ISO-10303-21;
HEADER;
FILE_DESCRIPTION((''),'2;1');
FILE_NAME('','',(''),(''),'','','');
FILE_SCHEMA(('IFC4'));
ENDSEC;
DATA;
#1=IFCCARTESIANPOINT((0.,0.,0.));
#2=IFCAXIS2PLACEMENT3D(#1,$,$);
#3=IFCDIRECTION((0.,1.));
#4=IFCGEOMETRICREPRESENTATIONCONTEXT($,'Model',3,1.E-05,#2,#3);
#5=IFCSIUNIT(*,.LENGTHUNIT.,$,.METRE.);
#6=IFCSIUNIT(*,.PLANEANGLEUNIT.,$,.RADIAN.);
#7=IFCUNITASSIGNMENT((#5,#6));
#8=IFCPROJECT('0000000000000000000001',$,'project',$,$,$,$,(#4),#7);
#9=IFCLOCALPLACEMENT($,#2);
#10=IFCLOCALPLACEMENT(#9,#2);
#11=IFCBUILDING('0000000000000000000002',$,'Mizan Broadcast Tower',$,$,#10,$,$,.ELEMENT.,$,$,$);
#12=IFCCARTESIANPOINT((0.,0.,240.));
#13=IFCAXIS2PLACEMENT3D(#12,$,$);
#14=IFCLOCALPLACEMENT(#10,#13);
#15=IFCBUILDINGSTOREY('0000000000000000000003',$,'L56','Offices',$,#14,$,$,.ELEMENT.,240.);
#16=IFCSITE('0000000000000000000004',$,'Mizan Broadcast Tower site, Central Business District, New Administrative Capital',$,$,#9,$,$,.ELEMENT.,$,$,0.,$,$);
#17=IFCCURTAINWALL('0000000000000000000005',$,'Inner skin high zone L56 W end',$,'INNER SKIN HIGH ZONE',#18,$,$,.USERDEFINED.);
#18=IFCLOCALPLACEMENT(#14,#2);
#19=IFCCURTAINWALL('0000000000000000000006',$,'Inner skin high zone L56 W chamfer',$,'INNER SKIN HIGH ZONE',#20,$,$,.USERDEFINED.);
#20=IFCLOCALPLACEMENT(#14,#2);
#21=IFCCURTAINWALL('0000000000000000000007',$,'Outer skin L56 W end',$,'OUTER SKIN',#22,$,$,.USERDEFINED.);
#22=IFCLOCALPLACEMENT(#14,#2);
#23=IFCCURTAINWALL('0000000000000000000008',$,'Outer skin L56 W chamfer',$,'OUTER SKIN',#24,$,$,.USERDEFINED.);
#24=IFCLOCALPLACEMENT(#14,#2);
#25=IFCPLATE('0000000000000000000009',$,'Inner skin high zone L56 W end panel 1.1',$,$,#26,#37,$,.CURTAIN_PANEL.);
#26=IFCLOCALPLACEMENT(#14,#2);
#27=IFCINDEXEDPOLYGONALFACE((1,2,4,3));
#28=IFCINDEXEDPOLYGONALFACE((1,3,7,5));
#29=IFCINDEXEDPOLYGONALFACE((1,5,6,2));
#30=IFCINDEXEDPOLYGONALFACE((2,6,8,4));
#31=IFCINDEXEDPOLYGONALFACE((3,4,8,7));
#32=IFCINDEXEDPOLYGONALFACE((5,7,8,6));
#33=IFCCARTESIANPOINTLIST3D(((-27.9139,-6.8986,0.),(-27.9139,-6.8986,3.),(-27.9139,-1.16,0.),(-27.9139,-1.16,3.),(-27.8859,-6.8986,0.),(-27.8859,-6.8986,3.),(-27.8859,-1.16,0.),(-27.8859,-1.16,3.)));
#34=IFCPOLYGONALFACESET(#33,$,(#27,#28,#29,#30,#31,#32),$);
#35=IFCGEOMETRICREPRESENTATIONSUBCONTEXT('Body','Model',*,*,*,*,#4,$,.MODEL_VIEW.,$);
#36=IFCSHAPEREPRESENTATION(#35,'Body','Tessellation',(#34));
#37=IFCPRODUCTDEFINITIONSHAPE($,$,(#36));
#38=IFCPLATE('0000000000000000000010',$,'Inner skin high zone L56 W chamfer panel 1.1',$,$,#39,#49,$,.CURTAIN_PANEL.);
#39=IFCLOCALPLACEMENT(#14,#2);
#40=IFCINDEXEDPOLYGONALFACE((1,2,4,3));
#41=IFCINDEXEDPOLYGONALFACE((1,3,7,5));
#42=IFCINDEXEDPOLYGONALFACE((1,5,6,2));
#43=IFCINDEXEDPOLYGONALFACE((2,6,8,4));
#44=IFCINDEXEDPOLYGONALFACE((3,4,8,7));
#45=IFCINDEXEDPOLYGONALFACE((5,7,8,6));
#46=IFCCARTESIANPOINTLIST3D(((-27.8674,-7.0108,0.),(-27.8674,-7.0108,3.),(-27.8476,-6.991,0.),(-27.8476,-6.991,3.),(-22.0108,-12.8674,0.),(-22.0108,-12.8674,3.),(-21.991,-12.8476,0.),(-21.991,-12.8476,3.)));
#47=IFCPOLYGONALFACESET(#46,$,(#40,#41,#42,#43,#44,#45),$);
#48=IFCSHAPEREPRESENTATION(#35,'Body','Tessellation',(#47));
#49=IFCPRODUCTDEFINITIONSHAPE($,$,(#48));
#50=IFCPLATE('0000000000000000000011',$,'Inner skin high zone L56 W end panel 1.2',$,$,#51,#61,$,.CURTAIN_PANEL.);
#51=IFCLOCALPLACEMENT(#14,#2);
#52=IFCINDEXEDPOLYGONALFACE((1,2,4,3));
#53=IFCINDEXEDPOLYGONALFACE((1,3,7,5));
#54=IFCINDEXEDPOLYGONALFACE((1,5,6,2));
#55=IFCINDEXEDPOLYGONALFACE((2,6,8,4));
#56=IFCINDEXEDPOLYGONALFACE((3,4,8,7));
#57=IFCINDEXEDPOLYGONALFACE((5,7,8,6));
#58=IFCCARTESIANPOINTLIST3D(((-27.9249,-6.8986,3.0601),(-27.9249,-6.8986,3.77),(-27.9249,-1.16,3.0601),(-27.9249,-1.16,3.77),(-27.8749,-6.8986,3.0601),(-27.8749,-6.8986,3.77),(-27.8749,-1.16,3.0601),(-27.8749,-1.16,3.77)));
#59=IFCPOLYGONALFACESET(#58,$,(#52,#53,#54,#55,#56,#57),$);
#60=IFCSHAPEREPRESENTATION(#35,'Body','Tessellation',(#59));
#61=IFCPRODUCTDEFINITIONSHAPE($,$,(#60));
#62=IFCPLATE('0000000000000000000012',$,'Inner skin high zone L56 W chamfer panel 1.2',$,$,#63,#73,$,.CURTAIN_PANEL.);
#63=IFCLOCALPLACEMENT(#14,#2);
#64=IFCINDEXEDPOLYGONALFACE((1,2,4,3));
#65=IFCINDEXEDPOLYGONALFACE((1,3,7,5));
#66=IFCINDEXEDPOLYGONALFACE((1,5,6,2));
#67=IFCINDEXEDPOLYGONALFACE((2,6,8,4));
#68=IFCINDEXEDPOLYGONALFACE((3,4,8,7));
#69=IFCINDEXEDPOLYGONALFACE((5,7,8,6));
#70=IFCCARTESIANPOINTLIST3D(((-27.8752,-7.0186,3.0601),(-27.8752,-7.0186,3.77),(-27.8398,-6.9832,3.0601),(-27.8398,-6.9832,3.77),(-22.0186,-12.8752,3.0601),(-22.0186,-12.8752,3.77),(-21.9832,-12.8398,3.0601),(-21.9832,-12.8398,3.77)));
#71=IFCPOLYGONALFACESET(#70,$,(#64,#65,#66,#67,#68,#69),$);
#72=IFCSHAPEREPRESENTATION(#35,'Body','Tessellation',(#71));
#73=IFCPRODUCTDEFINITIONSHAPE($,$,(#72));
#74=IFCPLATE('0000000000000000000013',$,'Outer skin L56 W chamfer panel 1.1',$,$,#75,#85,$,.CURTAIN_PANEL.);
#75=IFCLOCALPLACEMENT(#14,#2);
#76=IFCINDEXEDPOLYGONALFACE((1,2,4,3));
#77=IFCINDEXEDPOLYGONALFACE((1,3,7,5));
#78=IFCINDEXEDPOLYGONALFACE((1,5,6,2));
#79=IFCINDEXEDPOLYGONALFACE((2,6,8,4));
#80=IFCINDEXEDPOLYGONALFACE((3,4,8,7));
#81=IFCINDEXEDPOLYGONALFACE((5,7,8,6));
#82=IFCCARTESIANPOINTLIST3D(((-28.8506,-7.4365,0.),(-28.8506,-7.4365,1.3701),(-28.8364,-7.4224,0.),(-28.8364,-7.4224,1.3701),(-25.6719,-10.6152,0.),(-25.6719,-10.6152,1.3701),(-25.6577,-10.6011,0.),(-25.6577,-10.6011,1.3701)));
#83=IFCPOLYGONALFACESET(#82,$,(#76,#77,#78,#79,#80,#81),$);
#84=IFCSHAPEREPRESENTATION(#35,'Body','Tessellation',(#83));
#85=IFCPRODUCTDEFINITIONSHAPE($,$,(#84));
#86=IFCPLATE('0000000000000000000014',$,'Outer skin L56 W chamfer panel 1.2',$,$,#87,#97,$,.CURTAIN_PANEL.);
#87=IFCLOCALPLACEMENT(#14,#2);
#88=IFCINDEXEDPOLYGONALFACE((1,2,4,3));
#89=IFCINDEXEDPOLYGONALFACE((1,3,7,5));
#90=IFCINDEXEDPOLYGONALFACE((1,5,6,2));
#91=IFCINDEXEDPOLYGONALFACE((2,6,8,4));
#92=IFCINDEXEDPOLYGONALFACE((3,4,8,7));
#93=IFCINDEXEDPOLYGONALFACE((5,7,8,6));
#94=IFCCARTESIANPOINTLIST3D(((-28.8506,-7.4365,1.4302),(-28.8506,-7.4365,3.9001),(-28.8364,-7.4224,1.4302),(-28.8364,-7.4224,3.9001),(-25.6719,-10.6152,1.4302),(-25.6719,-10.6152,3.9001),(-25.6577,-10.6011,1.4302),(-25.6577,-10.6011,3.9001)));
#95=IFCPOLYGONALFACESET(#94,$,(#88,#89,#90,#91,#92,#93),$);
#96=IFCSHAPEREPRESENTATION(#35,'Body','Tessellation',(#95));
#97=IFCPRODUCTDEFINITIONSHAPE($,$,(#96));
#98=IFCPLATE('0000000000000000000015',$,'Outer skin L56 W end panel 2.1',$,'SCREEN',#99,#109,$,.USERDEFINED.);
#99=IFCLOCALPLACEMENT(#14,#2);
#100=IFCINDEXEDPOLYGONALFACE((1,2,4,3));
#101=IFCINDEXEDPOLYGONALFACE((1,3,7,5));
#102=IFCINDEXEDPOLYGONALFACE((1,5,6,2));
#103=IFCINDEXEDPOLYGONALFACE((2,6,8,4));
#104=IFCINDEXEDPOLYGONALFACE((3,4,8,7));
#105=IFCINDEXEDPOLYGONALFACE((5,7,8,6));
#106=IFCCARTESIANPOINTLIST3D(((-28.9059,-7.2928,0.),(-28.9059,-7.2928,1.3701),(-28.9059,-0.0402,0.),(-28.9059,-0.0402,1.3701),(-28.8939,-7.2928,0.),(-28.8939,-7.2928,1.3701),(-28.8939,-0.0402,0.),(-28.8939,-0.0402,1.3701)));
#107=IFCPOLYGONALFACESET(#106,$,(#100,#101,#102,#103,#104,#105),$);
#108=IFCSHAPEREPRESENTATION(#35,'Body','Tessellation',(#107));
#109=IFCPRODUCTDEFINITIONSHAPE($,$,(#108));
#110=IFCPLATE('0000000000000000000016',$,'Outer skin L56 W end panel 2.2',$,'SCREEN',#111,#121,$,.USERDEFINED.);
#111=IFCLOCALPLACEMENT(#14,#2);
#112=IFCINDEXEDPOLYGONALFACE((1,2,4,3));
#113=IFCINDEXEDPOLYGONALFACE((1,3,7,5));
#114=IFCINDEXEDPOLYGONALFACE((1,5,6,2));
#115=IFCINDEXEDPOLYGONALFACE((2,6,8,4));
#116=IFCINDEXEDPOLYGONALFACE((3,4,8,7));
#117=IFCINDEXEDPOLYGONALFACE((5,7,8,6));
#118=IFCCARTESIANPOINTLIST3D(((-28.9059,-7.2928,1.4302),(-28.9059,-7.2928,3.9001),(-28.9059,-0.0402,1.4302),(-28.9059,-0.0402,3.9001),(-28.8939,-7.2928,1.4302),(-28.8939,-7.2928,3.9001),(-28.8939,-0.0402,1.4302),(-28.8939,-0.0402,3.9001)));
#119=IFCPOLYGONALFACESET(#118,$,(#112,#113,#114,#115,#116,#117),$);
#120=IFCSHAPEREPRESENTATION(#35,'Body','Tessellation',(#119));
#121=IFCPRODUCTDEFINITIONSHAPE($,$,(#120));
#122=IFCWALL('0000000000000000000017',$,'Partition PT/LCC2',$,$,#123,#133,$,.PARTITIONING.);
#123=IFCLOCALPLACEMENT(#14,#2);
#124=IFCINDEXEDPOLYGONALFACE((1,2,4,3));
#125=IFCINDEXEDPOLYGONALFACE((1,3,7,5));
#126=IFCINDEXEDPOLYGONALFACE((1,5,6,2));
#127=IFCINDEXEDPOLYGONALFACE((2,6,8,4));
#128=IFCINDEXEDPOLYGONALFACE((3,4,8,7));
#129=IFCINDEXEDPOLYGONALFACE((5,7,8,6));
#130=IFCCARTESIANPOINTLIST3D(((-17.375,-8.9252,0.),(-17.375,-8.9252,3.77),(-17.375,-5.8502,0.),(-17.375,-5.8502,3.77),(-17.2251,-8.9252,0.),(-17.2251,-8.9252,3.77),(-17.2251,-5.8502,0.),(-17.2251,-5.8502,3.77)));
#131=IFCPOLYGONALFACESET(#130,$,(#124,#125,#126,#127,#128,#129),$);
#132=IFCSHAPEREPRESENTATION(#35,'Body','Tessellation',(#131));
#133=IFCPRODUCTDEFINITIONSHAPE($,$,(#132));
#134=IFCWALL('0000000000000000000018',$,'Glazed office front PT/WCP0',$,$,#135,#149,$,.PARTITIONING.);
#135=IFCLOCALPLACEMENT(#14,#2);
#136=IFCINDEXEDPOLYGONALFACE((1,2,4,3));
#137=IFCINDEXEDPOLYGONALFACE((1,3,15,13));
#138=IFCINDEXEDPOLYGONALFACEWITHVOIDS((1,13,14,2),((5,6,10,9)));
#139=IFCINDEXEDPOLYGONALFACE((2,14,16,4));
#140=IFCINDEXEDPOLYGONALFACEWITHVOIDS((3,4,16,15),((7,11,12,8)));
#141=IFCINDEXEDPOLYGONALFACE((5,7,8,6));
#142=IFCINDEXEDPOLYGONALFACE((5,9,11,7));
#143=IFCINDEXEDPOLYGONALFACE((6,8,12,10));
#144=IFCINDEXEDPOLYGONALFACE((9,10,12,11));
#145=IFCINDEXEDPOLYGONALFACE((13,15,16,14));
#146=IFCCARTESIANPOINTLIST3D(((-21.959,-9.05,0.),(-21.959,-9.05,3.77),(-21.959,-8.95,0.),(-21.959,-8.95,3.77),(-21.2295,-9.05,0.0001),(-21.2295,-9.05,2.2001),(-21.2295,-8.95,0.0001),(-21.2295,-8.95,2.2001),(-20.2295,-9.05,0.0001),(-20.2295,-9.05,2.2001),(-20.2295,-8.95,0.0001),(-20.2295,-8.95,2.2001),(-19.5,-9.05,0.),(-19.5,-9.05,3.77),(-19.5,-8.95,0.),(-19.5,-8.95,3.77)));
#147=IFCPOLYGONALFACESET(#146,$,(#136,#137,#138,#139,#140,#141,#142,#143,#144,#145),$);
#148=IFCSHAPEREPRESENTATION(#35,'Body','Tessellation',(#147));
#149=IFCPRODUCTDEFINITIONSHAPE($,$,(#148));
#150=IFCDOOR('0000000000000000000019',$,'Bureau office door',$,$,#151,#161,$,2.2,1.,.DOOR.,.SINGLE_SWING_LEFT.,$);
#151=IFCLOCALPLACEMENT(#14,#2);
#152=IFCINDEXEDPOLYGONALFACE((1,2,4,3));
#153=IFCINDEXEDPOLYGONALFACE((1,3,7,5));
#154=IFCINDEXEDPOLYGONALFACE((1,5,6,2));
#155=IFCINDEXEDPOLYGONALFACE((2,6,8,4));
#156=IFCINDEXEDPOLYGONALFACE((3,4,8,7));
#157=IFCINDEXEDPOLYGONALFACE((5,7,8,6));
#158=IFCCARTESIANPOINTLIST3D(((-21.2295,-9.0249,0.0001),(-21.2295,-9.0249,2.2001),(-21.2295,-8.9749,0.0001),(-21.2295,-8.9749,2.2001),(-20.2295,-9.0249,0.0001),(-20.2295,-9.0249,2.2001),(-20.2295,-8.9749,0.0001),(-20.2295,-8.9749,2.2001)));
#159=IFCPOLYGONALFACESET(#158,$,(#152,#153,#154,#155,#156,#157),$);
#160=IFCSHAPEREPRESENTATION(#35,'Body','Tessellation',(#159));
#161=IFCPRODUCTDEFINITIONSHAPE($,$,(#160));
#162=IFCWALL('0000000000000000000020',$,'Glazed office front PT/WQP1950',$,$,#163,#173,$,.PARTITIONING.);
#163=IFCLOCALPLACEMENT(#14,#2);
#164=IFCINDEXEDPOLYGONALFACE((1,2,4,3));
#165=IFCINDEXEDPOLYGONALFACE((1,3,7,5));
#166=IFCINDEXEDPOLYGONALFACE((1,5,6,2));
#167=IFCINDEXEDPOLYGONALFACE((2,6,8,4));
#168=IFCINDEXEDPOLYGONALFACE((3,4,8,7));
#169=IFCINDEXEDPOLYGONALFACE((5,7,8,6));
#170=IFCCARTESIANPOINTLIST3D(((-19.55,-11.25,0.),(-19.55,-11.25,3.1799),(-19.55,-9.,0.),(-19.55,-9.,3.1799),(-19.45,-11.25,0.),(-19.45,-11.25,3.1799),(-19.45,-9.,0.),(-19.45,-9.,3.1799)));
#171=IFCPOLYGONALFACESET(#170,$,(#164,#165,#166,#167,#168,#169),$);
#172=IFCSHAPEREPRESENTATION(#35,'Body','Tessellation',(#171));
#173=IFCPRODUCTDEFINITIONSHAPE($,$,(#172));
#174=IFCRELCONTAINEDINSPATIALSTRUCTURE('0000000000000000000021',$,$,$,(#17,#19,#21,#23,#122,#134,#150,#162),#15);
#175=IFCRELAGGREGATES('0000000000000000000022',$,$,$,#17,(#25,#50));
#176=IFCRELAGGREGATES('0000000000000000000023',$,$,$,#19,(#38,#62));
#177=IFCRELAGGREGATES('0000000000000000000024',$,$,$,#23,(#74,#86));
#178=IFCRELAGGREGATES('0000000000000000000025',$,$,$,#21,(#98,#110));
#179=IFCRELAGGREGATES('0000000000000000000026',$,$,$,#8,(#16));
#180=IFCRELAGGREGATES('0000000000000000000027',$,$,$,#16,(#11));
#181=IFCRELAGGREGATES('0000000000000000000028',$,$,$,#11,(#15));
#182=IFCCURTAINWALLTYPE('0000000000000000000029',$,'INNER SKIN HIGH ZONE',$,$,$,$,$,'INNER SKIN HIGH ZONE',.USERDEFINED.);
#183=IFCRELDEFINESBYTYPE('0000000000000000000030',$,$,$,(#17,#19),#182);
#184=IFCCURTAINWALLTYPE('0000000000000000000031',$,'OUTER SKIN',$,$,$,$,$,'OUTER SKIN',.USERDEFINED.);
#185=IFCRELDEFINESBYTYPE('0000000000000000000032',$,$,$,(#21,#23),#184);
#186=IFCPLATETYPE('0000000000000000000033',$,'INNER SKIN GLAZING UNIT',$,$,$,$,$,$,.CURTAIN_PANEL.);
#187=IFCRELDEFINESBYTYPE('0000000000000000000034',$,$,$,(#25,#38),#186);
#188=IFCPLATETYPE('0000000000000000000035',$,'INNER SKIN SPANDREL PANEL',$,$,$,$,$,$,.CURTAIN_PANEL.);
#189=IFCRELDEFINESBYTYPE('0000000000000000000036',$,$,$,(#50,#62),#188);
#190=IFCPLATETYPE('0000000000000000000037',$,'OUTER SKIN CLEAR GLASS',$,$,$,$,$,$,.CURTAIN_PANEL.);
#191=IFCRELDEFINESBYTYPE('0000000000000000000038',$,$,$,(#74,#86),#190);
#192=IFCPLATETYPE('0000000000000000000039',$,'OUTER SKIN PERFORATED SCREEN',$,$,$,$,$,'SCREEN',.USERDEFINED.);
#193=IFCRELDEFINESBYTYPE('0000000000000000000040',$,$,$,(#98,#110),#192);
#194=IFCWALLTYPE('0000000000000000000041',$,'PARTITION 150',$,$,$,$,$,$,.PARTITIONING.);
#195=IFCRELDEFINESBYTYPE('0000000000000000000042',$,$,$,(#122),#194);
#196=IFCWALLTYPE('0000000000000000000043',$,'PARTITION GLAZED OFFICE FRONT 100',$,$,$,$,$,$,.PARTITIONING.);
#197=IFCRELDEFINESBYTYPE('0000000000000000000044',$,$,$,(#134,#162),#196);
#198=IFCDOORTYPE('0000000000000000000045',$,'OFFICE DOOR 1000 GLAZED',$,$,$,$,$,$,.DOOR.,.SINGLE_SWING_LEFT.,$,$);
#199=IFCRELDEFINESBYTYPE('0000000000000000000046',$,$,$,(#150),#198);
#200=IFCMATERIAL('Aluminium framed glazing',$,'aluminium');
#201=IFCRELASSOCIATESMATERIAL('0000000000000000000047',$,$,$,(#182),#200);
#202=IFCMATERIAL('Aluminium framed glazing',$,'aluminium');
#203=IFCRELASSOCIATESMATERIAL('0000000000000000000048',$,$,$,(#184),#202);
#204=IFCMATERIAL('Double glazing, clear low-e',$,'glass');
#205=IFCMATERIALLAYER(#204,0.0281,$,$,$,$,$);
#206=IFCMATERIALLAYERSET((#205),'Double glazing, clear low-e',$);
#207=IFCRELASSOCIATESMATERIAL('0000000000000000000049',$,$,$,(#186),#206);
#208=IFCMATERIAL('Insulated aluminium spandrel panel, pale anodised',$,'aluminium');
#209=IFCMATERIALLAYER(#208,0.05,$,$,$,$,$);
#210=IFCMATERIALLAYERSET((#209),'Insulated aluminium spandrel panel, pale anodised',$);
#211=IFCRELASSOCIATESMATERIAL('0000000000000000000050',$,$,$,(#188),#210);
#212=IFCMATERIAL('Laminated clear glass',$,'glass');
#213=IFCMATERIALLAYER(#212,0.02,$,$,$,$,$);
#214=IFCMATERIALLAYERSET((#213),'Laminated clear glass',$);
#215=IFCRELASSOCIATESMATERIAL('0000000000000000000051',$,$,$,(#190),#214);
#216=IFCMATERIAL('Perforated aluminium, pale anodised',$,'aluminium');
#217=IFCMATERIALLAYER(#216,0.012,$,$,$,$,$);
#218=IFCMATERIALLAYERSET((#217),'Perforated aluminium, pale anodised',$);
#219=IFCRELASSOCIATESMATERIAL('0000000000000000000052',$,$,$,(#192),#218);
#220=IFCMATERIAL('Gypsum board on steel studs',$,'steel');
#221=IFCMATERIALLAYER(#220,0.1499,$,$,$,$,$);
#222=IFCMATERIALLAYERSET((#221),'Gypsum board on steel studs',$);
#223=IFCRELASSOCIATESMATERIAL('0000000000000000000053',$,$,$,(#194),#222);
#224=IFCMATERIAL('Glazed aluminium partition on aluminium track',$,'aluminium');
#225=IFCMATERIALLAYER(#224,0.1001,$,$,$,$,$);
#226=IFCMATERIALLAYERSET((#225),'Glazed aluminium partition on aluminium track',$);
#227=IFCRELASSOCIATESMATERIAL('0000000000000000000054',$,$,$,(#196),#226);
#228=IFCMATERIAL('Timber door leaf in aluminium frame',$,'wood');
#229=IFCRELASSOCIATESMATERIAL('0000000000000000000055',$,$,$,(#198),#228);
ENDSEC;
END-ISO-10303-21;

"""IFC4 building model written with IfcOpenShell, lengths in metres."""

from ifc_helpers import new_model, si_unit, direction, frame, frame_2d, origin, origin_2d, place, context, subcontext, project, spatial, rectangle, extrude, material, layer, layer_set, type_object, element, fill, aggregate, save


model = new_model("IFC4")

# Units and contexts
model_context = context("Model", 3, precision=1e-05, world=origin(), true_north=direction((0.0, 1.0)))
body_context = subcontext(model_context, "Body", "Model", "MODEL_VIEW")
ifc_project = project(units=[si_unit("LENGTHUNIT", "METRE"), si_unit("PLANEANGLEUNIT", "RADIAN")], contexts=[model_context])

# Site, building, storey
site_placement = place(None, origin())
site = spatial("IfcSite", under=ifc_project, at=site_placement, Name="Mizan Broadcast Tower site, Central Business District, New Administrative Capital", CompositionType="ELEMENT", RefElevation=0.0)
building_placement = place(site_placement, origin())
building = spatial("IfcBuilding", under=site, at=building_placement, Name="Mizan Broadcast Tower", CompositionType="ELEMENT")
storey_placement = place(building_placement, frame((0.0, 0.0, 240.0)))
storey = spatial("IfcBuildingStorey", under=building, at=storey_placement, Name="L56", Description="Offices", CompositionType="ELEMENT", Elevation=240.0)

# Curtain wall
ifc_material_1 = material(Name="Aluminium framed glazing", Category="aluminium")
curtain_wall_type_1 = type_object("IfcCurtainWallType", Name="INNER SKIN HIGH ZONE", ElementType="INNER SKIN HIGH ZONE", PredefinedType="USERDEFINED", material=ifc_material_1)
curtain_wall_1_placement = place(storey_placement, origin())
curtain_wall_1 = element("IfcCurtainWall", 1, at=curtain_wall_1_placement, inside=storey, type_object=curtain_wall_type_1, Name="Inner skin high zone L56 W end", ObjectType="INNER SKIN HIGH ZONE", PredefinedType="USERDEFINED")

# Curtain wall
curtain_wall_2_placement = place(storey_placement, origin())
curtain_wall_2 = element("IfcCurtainWall", 2, at=curtain_wall_2_placement, inside=storey, type_object=curtain_wall_type_1, Name="Inner skin high zone L56 W chamfer", ObjectType="INNER SKIN HIGH ZONE", PredefinedType="USERDEFINED")

# Curtain wall
ifc_material_2 = material(Name="Aluminium framed glazing", Category="aluminium")
curtain_wall_type_2 = type_object("IfcCurtainWallType", Name="OUTER SKIN", ElementType="OUTER SKIN", PredefinedType="USERDEFINED", material=ifc_material_2)
curtain_wall_3_placement = place(storey_placement, origin())
curtain_wall_3 = element("IfcCurtainWall", 3, at=curtain_wall_3_placement, inside=storey, type_object=curtain_wall_type_2, Name="Outer skin L56 W end", ObjectType="OUTER SKIN", PredefinedType="USERDEFINED")

# Curtain wall
curtain_wall_4_placement = place(storey_placement, origin())
curtain_wall_4 = element("IfcCurtainWall", 4, at=curtain_wall_4_placement, inside=storey, type_object=curtain_wall_type_2, Name="Outer skin L56 W chamfer", ObjectType="OUTER SKIN", PredefinedType="USERDEFINED")

# Plates
ifc_material_3 = material(Name="Double glazing, clear low-e", Category="glass")
ifc_layer_1 = layer(ifc_material_3, 0.0281)
ifc_layer_set_1 = layer_set([ifc_layer_1], Name="Double glazing, clear low-e")
plate_type_1 = type_object("IfcPlateType", Name="INNER SKIN GLAZING UNIT", PredefinedType="CURTAIN_PANEL", material=ifc_layer_set_1)
plate_1_placement = place(storey_placement, frame((-27.8999, -4.0293, 0.0), z_axis=(0.0, 0.0, 1.0), x_axis=(0.0, -1.0, 0.0)))
plate_1 = element("IfcPlate", 5, at=plate_1_placement, type_object=plate_type_1, Name="Inner skin high zone L56 W end panel 1.1", PredefinedType="CURTAIN_PANEL", context=body_context, shape_type="SweptSolid", body=[
    extrude(rectangle(XDim=5.7385, YDim=0.0281, at=origin_2d()), origin(), (0.0, 0.0, 1.0), 3.0),
])
plate_2_placement = place(storey_placement, frame((-24.9292, -9.9292, 0.0), z_axis=(0.0, 0.0, 1.0), x_axis=(0.707107, -0.707107, 0.0)))
plate_2 = element("IfcPlate", 6, at=plate_2_placement, type_object=plate_type_1, Name="Inner skin high zone L56 W chamfer panel 1.1", PredefinedType="CURTAIN_PANEL", context=body_context, shape_type="SweptSolid", body=[
    extrude(rectangle(XDim=8.2825, YDim=0.0281, at=origin_2d()), origin(), (0.0, 0.0, 1.0), 3.0),
])
ifc_material_4 = material(Name="Insulated aluminium spandrel panel, pale anodised", Category="aluminium")
ifc_layer_2 = layer(ifc_material_4, 0.05)
ifc_layer_set_2 = layer_set([ifc_layer_2], Name="Insulated aluminium spandrel panel, pale anodised")
plate_type_2 = type_object("IfcPlateType", Name="INNER SKIN SPANDREL PANEL", PredefinedType="CURTAIN_PANEL", material=ifc_layer_set_2)
plate_3_placement = place(storey_placement, frame((-27.8999, -4.0293, 3.0601), z_axis=(0.0, 0.0, 1.0), x_axis=(0.0, -1.0, 0.0)))
plate_3 = element("IfcPlate", 7, at=plate_3_placement, type_object=plate_type_2, Name="Inner skin high zone L56 W end panel 1.2", PredefinedType="CURTAIN_PANEL", context=body_context, shape_type="SweptSolid", body=[
    extrude(rectangle(XDim=5.7385, YDim=0.05, at=origin_2d()), origin(), (0.0, 0.0, 1.0), 0.71),
])
aggregate(curtain_wall_1, [plate_1, plate_3])
plate_4_placement = place(storey_placement, frame((-24.9292, -9.9292, 3.0601), z_axis=(0.0, 0.0, 1.0), x_axis=(0.707107, -0.707107, 0.0)))
plate_4 = element("IfcPlate", 8, at=plate_4_placement, type_object=plate_type_2, Name="Inner skin high zone L56 W chamfer panel 1.2", PredefinedType="CURTAIN_PANEL", context=body_context, shape_type="SweptSolid", body=[
    extrude(rectangle(XDim=8.2825, YDim=0.05, at=origin_2d()), origin(), (0.0, 0.0, 1.0), 0.71),
])
aggregate(curtain_wall_2, [plate_2, plate_4])
ifc_material_5 = material(Name="Laminated clear glass", Category="glass")
ifc_layer_3 = layer(ifc_material_5, 0.02)
ifc_layer_set_3 = layer_set([ifc_layer_3], Name="Laminated clear glass")
plate_type_3 = type_object("IfcPlateType", Name="OUTER SKIN CLEAR GLASS", PredefinedType="CURTAIN_PANEL", material=ifc_layer_set_3)
plate_5_placement = place(storey_placement, frame((-27.2542, -9.0188, 0.0), z_axis=(0.0, 0.0, 1.0), x_axis=(0.707107, -0.707107, 0.0)))
plate_5 = element("IfcPlate", 9, at=plate_5_placement, type_object=plate_type_3, Name="Outer skin L56 W chamfer panel 1.1", PredefinedType="CURTAIN_PANEL", context=body_context, shape_type="SweptSolid", body=[
    extrude(rectangle(XDim=4.4954, YDim=0.02, at=origin_2d()), origin(), (0.0, 0.0, 1.0), 1.3701),
])
plate_6_placement = place(storey_placement, frame((-27.2542, -9.0188, 1.4302), z_axis=(0.0, 0.0, 1.0), x_axis=(0.707107, -0.707107, 0.0)))
plate_6 = element("IfcPlate", 10, at=plate_6_placement, type_object=plate_type_3, Name="Outer skin L56 W chamfer panel 1.2", PredefinedType="CURTAIN_PANEL", context=body_context, shape_type="SweptSolid", body=[
    extrude(rectangle(XDim=4.4954, YDim=0.02, at=origin_2d()), origin(), (0.0, 0.0, 1.0), 2.47),
])
aggregate(curtain_wall_4, [plate_5, plate_6])
ifc_material_6 = material(Name="Perforated aluminium, pale anodised", Category="aluminium")
ifc_layer_4 = layer(ifc_material_6, 0.012)
ifc_layer_set_4 = layer_set([ifc_layer_4], Name="Perforated aluminium, pale anodised")
plate_type_4 = type_object("IfcPlateType", Name="OUTER SKIN PERFORATED SCREEN", ElementType="SCREEN", PredefinedType="USERDEFINED", material=ifc_layer_set_4)
plate_7_placement = place(storey_placement, frame((-28.8999, -3.6665, 0.0), z_axis=(0.0, 0.0, 1.0), x_axis=(0.0, -1.0, 0.0)))
plate_7 = element("IfcPlate", 11, at=plate_7_placement, type_object=plate_type_4, Name="Outer skin L56 W end panel 2.1", ObjectType="SCREEN", PredefinedType="USERDEFINED", context=body_context, shape_type="SweptSolid", body=[
    extrude(rectangle(XDim=7.2527, YDim=0.012, at=origin_2d()), origin(), (0.0, 0.0, 1.0), 1.3701),
])
plate_8_placement = place(storey_placement, frame((-28.8999, -3.6665, 1.4302), z_axis=(0.0, 0.0, 1.0), x_axis=(0.0, -1.0, 0.0)))
plate_8 = element("IfcPlate", 12, at=plate_8_placement, type_object=plate_type_4, Name="Outer skin L56 W end panel 2.2", ObjectType="SCREEN", PredefinedType="USERDEFINED", context=body_context, shape_type="SweptSolid", body=[
    extrude(rectangle(XDim=7.2527, YDim=0.012, at=origin_2d()), origin(), (0.0, 0.0, 1.0), 2.47),
])
aggregate(curtain_wall_3, [plate_7, plate_8])

# Wall
ifc_material_7 = material(Name="Gypsum board on steel studs", Category="steel")
ifc_layer_5 = layer(ifc_material_7, 0.1499)
ifc_layer_set_5 = layer_set([ifc_layer_5], Name="Gypsum board on steel studs")
wall_type_1 = type_object("IfcWallType", Name="PARTITION 150", PredefinedType="PARTITIONING", material=ifc_layer_set_5)
wall_1_placement = place(storey_placement, frame((-17.3, -5.8501, 0.0), z_axis=(0.0, 0.0, 1.0), x_axis=(0.0, -1.0, 0.0)))
element("IfcWall", 13, at=wall_1_placement, inside=storey, type_object=wall_type_1, Name="Partition PT/LCC2", PredefinedType="PARTITIONING", context=body_context, shape_type="SweptSolid", body=[
    extrude(rectangle(XDim=3.075, YDim=0.1499, at=frame_2d((1.5376, 0.0))), origin(), (0.0, 0.0, 1.0), 3.77),
])

# Wall, opening, door
ifc_material_8 = material(Name="Glazed aluminium partition on aluminium track", Category="aluminium")
ifc_layer_6 = layer(ifc_material_8, 0.1001)
ifc_layer_set_6 = layer_set([ifc_layer_6], Name="Glazed aluminium partition on aluminium track")
wall_type_2 = type_object("IfcWallType", Name="PARTITION GLAZED OFFICE FRONT 100", PredefinedType="PARTITIONING", material=ifc_layer_set_6)
wall_2_placement = place(storey_placement, frame((-19.5, -9.0, 0.0), z_axis=(0.0, 0.0, 1.0), x_axis=(-1.0, 0.0, 0.0)))
wall_2 = element("IfcWall", 14, at=wall_2_placement, inside=storey, type_object=wall_type_2, Name="Glazed office front PT/WCP0", PredefinedType="PARTITIONING", context=body_context, shape_type="SweptSolid", body=[
    extrude(rectangle(XDim=2.459, YDim=0.1001, at=frame_2d((1.2295, 0.0))), origin(), (0.0, 0.0, 1.0), 3.77),
])
opening_placement = place(wall_2_placement, frame((0.7295, 0.0, 0.0)))
opening = element("IfcOpeningElement", 15, at=opening_placement, cuts=wall_2, PredefinedType="OPENING", context=body_context, shape_type="SweptSolid", body=[
    extrude(rectangle(XDim=1.0, YDim=2.2, at=frame_2d((0.5, 1.1001))), frame((0.0, 0.0601, 0.0), z_axis=(0.0, -1.0, 0.0), x_axis=(1.0, 0.0, 0.0)), (0.0, 0.0, 1.0), 0.1201),
])
ifc_material_9 = material(Name="Timber door leaf in aluminium frame", Category="wood")
door_type = type_object("IfcDoorType", Name="OFFICE DOOR 1000 GLAZED", OperationType="SINGLE_SWING_LEFT", PredefinedType="DOOR", material=ifc_material_9)
door_placement = place(opening_placement, origin())
door = element("IfcDoor", 16, at=door_placement, inside=storey, type_object=door_type, Name="Bureau office door", OperationType="SINGLE_SWING_LEFT", OverallHeight=2.2, OverallWidth=1.0, PredefinedType="DOOR", context=body_context, shape_type="SweptSolid", body=[
    extrude(rectangle(XDim=1.0, YDim=2.2, at=frame_2d((0.5, 1.1001))), frame((0.0, 0.0249, 0.0), z_axis=(0.0, -1.0, 0.0), x_axis=(1.0, 0.0, 0.0)), (0.0, 0.0, 1.0), 0.05),
])
fill(opening, door)

# Wall
wall_3_placement = place(storey_placement, frame((-19.5, -9.0, 0.0), z_axis=(0.0, 0.0, 1.0), x_axis=(0.0, -1.0, 0.0)))
element("IfcWall", 17, at=wall_3_placement, inside=storey, type_object=wall_type_2, Name="Glazed office front PT/WQP1950", PredefinedType="PARTITIONING", context=body_context, shape_type="SweptSolid", body=[
    extrude(rectangle(XDim=2.25, YDim=0.1001, at=frame_2d((1.125, 0.0))), origin(), (0.0, 0.0, 1.0), 3.1799),
])

save(model, "model.ifc")
